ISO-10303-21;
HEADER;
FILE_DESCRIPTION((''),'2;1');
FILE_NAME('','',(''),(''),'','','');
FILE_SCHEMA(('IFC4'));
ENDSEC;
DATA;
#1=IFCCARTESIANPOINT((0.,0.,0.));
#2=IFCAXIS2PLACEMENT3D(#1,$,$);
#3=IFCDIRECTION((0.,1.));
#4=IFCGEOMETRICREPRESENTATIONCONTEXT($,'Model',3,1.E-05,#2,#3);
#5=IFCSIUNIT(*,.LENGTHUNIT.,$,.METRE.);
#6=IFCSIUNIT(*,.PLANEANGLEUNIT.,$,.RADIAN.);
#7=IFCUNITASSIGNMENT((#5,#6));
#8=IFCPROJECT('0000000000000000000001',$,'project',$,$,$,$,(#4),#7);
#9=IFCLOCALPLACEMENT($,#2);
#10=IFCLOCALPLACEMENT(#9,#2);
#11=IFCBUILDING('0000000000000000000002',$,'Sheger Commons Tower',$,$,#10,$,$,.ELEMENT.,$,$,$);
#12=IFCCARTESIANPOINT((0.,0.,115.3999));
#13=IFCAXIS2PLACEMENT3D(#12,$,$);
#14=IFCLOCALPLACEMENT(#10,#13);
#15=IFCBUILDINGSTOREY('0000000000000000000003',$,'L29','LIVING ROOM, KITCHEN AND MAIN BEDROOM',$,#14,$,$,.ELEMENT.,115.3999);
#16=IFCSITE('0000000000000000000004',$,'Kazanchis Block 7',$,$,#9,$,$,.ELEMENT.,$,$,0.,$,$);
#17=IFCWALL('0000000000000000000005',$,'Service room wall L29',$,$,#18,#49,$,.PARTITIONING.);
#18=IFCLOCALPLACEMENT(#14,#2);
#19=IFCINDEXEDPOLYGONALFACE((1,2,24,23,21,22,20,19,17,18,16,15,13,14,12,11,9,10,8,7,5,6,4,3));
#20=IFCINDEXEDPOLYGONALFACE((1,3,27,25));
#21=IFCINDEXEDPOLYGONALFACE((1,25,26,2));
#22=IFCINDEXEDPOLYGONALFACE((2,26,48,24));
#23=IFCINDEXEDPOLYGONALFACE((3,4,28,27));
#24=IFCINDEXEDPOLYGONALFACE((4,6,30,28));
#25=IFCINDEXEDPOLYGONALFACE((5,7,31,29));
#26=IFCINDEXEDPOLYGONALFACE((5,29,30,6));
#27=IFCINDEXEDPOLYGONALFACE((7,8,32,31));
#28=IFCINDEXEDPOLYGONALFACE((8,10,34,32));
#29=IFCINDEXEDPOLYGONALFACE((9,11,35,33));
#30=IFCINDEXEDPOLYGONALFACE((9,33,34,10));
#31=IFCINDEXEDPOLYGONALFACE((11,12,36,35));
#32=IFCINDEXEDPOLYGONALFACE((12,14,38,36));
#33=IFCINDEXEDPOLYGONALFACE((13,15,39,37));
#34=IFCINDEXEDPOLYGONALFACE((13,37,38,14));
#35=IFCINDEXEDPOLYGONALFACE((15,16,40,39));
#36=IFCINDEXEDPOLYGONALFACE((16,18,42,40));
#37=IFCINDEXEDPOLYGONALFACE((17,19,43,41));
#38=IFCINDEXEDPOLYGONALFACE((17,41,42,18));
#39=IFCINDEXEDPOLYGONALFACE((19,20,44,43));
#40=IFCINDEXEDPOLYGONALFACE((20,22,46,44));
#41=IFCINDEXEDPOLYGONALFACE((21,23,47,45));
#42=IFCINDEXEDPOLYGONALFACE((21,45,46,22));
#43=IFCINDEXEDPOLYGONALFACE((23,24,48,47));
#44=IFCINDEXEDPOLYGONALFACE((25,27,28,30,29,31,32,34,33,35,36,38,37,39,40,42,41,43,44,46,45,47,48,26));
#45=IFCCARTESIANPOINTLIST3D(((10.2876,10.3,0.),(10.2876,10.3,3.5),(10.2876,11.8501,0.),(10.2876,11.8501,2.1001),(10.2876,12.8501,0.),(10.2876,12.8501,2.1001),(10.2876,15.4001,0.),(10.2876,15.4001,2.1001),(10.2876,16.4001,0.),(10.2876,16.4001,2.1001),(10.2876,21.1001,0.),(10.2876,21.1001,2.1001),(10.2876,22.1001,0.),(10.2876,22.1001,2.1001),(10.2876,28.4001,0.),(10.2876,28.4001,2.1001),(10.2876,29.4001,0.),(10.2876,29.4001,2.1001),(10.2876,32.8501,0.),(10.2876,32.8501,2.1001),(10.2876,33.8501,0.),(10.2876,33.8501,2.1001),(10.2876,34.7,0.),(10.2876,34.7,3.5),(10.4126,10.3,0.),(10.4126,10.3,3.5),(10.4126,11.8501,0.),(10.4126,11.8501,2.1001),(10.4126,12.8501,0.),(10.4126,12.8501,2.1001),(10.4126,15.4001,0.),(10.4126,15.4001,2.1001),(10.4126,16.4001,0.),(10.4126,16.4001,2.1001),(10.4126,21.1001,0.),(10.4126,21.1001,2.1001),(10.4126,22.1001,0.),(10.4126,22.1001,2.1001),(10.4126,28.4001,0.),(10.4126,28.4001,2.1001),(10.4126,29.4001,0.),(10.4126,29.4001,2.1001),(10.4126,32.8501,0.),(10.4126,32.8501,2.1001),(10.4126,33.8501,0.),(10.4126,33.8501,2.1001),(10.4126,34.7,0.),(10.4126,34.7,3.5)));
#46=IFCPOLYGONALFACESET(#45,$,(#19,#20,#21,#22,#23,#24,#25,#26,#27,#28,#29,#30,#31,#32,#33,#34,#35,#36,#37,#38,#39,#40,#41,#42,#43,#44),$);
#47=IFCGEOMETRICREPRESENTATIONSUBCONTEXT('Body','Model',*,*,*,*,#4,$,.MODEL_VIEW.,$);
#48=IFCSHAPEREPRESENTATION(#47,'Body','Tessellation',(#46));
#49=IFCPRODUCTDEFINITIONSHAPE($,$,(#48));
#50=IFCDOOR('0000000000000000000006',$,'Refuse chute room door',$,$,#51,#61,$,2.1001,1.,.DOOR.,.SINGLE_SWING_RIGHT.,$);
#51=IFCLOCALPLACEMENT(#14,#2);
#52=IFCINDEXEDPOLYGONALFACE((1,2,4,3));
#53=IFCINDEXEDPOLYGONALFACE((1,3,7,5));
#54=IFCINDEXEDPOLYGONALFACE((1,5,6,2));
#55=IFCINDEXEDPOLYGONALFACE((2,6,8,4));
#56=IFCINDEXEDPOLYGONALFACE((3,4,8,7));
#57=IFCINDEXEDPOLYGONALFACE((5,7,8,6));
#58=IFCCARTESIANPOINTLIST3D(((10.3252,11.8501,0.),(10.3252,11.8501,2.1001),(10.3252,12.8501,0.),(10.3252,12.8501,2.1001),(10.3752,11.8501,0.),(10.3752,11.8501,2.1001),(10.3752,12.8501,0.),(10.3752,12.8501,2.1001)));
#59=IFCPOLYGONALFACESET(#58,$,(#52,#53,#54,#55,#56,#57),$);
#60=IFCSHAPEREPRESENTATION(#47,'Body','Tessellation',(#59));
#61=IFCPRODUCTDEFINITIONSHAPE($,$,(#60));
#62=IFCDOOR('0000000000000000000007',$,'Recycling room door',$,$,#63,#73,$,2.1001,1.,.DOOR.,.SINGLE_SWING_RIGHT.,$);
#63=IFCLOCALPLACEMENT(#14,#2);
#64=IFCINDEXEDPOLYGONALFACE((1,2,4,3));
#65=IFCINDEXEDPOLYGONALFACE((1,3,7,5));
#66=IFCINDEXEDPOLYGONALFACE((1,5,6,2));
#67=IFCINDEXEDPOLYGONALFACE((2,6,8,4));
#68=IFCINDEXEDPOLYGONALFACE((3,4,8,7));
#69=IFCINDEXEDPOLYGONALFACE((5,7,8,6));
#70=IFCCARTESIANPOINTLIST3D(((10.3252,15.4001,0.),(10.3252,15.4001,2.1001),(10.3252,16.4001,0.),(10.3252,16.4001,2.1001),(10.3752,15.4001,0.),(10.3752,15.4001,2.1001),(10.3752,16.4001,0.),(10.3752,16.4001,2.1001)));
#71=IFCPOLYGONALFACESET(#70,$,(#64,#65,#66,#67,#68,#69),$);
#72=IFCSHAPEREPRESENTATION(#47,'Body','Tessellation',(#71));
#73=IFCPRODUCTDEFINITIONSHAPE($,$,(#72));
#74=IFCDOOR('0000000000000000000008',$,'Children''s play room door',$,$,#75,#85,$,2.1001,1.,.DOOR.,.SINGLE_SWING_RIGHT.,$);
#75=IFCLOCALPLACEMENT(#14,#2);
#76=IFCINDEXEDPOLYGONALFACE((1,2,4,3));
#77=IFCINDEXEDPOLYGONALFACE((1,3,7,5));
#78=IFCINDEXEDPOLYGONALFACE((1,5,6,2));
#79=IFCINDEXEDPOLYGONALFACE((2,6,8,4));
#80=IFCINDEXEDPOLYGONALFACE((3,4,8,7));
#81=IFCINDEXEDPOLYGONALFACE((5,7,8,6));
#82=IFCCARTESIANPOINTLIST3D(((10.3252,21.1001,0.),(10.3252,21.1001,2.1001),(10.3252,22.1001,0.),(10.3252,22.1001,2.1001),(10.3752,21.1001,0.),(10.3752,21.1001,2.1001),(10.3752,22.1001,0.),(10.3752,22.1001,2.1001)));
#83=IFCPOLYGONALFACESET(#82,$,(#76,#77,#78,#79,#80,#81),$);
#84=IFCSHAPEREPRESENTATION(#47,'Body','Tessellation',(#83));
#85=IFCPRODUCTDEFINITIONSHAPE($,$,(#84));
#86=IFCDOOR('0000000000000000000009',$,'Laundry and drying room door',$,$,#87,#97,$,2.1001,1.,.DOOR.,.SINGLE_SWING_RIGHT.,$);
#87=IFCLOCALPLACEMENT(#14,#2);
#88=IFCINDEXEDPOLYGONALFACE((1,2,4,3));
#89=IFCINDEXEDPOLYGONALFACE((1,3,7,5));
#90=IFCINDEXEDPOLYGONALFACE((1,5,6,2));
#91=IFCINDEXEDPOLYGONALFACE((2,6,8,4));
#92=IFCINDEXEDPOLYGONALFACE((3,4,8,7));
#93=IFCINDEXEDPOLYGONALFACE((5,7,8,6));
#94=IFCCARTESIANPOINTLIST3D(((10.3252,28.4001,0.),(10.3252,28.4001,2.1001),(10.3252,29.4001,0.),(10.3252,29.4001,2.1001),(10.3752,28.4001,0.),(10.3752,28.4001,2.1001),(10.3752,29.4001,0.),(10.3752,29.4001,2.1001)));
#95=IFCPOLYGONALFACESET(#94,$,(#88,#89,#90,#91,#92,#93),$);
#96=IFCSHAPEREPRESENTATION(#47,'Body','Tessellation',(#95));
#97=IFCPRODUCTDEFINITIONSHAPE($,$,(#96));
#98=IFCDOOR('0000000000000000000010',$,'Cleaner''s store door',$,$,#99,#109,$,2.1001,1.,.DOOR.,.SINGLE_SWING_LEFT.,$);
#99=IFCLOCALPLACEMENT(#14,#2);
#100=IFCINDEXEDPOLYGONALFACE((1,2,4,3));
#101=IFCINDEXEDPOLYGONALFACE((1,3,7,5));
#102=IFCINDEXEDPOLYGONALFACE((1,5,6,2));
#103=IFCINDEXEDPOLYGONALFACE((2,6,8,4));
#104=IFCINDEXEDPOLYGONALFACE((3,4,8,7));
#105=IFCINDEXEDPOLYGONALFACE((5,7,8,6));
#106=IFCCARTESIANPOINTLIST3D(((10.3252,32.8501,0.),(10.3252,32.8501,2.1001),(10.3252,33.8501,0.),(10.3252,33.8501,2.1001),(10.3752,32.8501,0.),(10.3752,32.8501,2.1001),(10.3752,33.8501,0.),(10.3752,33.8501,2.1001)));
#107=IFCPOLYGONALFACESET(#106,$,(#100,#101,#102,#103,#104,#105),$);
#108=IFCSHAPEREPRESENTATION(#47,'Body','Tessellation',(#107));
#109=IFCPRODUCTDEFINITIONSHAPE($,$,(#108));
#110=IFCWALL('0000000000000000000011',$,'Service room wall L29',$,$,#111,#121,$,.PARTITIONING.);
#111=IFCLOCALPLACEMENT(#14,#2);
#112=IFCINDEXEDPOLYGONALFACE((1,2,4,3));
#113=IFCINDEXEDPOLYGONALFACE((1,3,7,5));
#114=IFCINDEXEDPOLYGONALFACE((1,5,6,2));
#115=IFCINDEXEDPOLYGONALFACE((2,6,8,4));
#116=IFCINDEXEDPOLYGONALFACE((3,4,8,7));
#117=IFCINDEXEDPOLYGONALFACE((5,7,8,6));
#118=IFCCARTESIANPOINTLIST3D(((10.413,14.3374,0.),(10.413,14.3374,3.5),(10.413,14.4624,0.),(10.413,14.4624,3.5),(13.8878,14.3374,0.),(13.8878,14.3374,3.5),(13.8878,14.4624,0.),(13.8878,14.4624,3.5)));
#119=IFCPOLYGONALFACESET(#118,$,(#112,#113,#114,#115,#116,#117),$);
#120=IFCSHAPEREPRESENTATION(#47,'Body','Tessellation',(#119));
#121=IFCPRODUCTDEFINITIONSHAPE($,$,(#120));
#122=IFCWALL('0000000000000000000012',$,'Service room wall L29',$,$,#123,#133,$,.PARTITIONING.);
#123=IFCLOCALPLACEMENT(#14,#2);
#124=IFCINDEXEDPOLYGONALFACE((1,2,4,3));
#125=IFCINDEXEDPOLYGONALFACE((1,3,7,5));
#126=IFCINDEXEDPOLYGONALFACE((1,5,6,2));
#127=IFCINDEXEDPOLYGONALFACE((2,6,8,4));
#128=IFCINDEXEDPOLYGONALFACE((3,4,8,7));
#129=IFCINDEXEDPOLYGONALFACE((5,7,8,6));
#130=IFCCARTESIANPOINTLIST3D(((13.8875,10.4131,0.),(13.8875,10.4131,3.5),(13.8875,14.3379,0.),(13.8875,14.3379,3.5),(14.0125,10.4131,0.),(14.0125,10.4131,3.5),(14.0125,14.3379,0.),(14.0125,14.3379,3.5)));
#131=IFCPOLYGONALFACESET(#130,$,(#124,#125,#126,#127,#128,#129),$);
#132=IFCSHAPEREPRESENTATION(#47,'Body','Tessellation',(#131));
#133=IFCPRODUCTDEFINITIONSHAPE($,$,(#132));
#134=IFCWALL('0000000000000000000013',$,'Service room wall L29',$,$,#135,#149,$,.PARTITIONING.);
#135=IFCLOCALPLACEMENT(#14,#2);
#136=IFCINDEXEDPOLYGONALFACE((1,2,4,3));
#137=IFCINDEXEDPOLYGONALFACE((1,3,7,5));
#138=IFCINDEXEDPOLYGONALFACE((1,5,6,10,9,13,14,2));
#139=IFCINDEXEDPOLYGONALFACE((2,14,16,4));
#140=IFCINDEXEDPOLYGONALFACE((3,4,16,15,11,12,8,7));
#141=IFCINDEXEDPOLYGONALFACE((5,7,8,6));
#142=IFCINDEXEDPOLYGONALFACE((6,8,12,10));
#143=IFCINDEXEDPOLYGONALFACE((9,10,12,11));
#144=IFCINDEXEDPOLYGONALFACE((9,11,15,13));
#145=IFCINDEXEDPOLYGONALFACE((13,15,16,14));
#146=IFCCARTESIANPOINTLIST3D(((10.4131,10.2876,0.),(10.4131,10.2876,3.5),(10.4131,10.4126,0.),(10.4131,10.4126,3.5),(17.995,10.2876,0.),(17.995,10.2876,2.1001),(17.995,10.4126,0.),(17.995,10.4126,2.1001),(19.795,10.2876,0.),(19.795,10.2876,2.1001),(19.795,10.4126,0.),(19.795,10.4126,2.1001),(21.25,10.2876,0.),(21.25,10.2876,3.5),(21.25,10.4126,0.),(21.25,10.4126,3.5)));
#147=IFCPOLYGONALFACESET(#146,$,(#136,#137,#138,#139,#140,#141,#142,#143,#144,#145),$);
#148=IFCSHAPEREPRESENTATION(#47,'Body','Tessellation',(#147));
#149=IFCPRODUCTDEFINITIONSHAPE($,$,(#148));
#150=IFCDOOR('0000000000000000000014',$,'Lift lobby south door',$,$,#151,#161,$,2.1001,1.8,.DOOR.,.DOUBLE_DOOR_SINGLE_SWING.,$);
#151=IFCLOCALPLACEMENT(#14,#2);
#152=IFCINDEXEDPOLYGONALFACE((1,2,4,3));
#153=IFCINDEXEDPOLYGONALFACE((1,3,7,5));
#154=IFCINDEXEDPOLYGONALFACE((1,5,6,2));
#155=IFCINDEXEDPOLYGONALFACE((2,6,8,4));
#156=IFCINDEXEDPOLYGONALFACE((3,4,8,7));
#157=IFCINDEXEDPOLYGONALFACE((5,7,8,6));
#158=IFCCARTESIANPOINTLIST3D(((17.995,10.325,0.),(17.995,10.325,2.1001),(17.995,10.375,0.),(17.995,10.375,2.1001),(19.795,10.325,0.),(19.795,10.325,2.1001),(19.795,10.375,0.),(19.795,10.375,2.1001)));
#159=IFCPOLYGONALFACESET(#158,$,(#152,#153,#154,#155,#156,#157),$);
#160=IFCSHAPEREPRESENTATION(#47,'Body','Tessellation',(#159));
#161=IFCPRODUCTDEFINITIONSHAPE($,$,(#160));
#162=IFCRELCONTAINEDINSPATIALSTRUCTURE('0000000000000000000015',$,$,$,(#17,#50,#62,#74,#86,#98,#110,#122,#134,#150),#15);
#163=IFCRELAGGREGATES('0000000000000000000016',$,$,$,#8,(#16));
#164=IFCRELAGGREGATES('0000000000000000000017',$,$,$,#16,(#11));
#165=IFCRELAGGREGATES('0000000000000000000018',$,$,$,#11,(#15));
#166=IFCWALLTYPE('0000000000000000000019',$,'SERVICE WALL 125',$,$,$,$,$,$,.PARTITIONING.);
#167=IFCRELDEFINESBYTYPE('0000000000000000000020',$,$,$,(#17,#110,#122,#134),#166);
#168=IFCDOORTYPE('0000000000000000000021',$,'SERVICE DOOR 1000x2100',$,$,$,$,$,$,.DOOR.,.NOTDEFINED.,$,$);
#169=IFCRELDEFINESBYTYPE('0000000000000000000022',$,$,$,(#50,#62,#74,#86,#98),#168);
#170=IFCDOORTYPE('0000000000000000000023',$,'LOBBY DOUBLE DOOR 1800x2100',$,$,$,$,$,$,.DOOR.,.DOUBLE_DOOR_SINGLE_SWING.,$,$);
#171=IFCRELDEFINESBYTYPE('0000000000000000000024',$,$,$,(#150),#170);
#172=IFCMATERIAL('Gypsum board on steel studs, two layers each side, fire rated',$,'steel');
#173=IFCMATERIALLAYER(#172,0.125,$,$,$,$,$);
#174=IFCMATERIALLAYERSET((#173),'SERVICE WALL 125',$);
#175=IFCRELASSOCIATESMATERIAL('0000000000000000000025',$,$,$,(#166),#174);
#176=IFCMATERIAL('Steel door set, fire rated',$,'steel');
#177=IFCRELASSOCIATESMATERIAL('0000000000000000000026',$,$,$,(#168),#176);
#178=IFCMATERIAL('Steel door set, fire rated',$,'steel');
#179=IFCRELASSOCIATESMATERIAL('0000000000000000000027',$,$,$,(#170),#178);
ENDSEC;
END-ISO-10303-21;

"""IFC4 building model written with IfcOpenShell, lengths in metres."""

from ifc_helpers import new_model, si_unit, direction, frame, frame_2d, origin, place, context, subcontext, project, spatial, rectangle, extrude, material, layer, layer_set, type_object, element, fill, save


model = new_model("IFC4")

# Units and contexts
model_context = context("Model", 3, precision=1e-05, world=origin(), true_north=direction((0.0, 1.0)))
body_context = subcontext(model_context, "Body", "Model", "MODEL_VIEW")
ifc_project = project(units=[si_unit("LENGTHUNIT", "METRE"), si_unit("PLANEANGLEUNIT", "RADIAN")], contexts=[model_context])

# Site, building, storey
site_placement = place(None, origin())
site = spatial("IfcSite", under=ifc_project, at=site_placement, Name="Kazanchis Block 7", CompositionType="ELEMENT", RefElevation=0.0)
building_placement = place(site_placement, origin())
building = spatial("IfcBuilding", under=site, at=building_placement, Name="Sheger Commons Tower", CompositionType="ELEMENT")
storey_placement = place(building_placement, frame((0.0, 0.0, 115.3999)))
storey = spatial("IfcBuildingStorey", under=building, at=storey_placement, Name="L29", Description="LIVING ROOM, KITCHEN AND MAIN BEDROOM", CompositionType="ELEMENT", Elevation=115.3999)

# Wall, openings, doors
ifc_material_1 = material(Name="Gypsum board on steel studs, two layers each side, fire rated", Category="steel")
ifc_layer_1 = layer(ifc_material_1, 0.125)
ifc_layer_set_1 = layer_set([ifc_layer_1], Name="SERVICE WALL 125")
wall_type_1 = type_object("IfcWallType", Name="SERVICE WALL 125", PredefinedType="PARTITIONING", material=ifc_layer_set_1)
wall_1_placement = place(storey_placement, frame((10.3501, 10.3, 0.0), z_axis=(0.0, 0.0, 1.0), x_axis=(0.0, 1.0, 0.0)))
wall_1 = element("IfcWall", 1, at=wall_1_placement, inside=storey, type_object=wall_type_1, Name="Service room wall L29", PredefinedType="PARTITIONING", context=body_context, shape_type="SweptSolid", body=[
    extrude(rectangle(XDim=24.3999, YDim=0.125, at=frame_2d((12.2, 0.0))), origin(), (0.0, 0.0, 1.0), 3.5),
])
opening_1_placement = place(wall_1_placement, frame((1.55, 0.0, 0.0)))
opening_1 = element("IfcOpeningElement", 2, at=opening_1_placement, cuts=wall_1, PredefinedType="OPENING", context=body_context, shape_type="SweptSolid", body=[
    extrude(rectangle(XDim=1.0, YDim=2.1001, at=frame_2d((0.5, 1.05))), frame((0.0, 0.0725, 0.0), z_axis=(0.0, -1.0, 0.0), x_axis=(1.0, 0.0, 0.0)), (0.0, 0.0, 1.0), 0.145),
])
opening_2_placement = place(wall_1_placement, frame((5.1001, 0.0, 0.0)))
opening_2 = element("IfcOpeningElement", 3, at=opening_2_placement, cuts=wall_1, PredefinedType="OPENING", context=body_context, shape_type="SweptSolid", body=[
    extrude(rectangle(XDim=1.0, YDim=2.1001, at=frame_2d((0.5, 1.05))), frame((0.0, 0.0725, 0.0), z_axis=(0.0, -1.0, 0.0), x_axis=(1.0, 0.0, 0.0)), (0.0, 0.0, 1.0), 0.145),
])
opening_3_placement = place(wall_1_placement, frame((10.8, 0.0, 0.0)))
opening_3 = element("IfcOpeningElement", 4, at=opening_3_placement, cuts=wall_1, PredefinedType="OPENING", context=body_context, shape_type="SweptSolid", body=[
    extrude(rectangle(XDim=1.0, YDim=2.1001, at=frame_2d((0.5, 1.05))), frame((0.0, 0.0725, 0.0), z_axis=(0.0, -1.0, 0.0), x_axis=(1.0, 0.0, 0.0)), (0.0, 0.0, 1.0), 0.145),
])
opening_4_placement = place(wall_1_placement, frame((18.1001, 0.0, 0.0)))
opening_4 = element("IfcOpeningElement", 5, at=opening_4_placement, cuts=wall_1, PredefinedType="OPENING", context=body_context, shape_type="SweptSolid", body=[
    extrude(rectangle(XDim=1.0, YDim=2.1001, at=frame_2d((0.5, 1.05))), frame((0.0, 0.0725, 0.0), z_axis=(0.0, -1.0, 0.0), x_axis=(1.0, 0.0, 0.0)), (0.0, 0.0, 1.0), 0.145),
])
opening_5_placement = place(wall_1_placement, frame((22.55, 0.0, 0.0)))
opening_5 = element("IfcOpeningElement", 6, at=opening_5_placement, cuts=wall_1, PredefinedType="OPENING", context=body_context, shape_type="SweptSolid", body=[
    extrude(rectangle(XDim=1.0, YDim=2.1001, at=frame_2d((0.5, 1.05))), frame((0.0, 0.0725, 0.0), z_axis=(0.0, -1.0, 0.0), x_axis=(1.0, 0.0, 0.0)), (0.0, 0.0, 1.0), 0.145),
])
ifc_material_2 = material(Name="Steel door set, fire rated", Category="steel")
door_type_1 = type_object("IfcDoorType", Name="SERVICE DOOR 1000x2100", OperationType="NOTDEFINED", PredefinedType="DOOR", material=ifc_material_2)
door_1_placement = place(opening_1_placement, origin())
door_1 = element("IfcDoor", 7, at=door_1_placement, inside=storey, type_object=door_type_1, Name="Refuse chute room door", OperationType="SINGLE_SWING_RIGHT", OverallHeight=2.1001, OverallWidth=1.0, PredefinedType="DOOR", context=body_context, shape_type="SweptSolid", body=[
    extrude(rectangle(XDim=1.0, YDim=2.1001, at=frame_2d((0.5, 1.05))), frame((0.0, 0.0249, 0.0), z_axis=(0.0, -1.0, 0.0), x_axis=(1.0, 0.0, 0.0)), (0.0, 0.0, 1.0), 0.05),
])
fill(opening_1, door_1)
door_2_placement = place(opening_2_placement, origin())
door_2 = element("IfcDoor", 8, at=door_2_placement, inside=storey, type_object=door_type_1, Name="Recycling room door", OperationType="SINGLE_SWING_RIGHT", OverallHeight=2.1001, OverallWidth=1.0, PredefinedType="DOOR", context=body_context, shape_type="SweptSolid", body=[
    extrude(rectangle(XDim=1.0, YDim=2.1001, at=frame_2d((0.5, 1.05))), frame((0.0, 0.0249, 0.0), z_axis=(0.0, -1.0, 0.0), x_axis=(1.0, 0.0, 0.0)), (0.0, 0.0, 1.0), 0.05),
])
fill(opening_2, door_2)
door_3_placement = place(opening_3_placement, origin())
door_3 = element("IfcDoor", 9, at=door_3_placement, inside=storey, type_object=door_type_1, Name="Children's play room door", OperationType="SINGLE_SWING_RIGHT", OverallHeight=2.1001, OverallWidth=1.0, PredefinedType="DOOR", context=body_context, shape_type="SweptSolid", body=[
    extrude(rectangle(XDim=1.0, YDim=2.1001, at=frame_2d((0.5, 1.05))), frame((0.0, 0.0249, 0.0), z_axis=(0.0, -1.0, 0.0), x_axis=(1.0, 0.0, 0.0)), (0.0, 0.0, 1.0), 0.05),
])
fill(opening_3, door_3)
door_4_placement = place(opening_4_placement, origin())
door_4 = element("IfcDoor", 10, at=door_4_placement, inside=storey, type_object=door_type_1, Name="Laundry and drying room door", OperationType="SINGLE_SWING_RIGHT", OverallHeight=2.1001, OverallWidth=1.0, PredefinedType="DOOR", context=body_context, shape_type="SweptSolid", body=[
    extrude(rectangle(XDim=1.0, YDim=2.1001, at=frame_2d((0.5, 1.05))), frame((0.0, 0.0249, 0.0), z_axis=(0.0, -1.0, 0.0), x_axis=(1.0, 0.0, 0.0)), (0.0, 0.0, 1.0), 0.05),
])
fill(opening_4, door_4)
door_5_placement = place(opening_5_placement, origin())
door_5 = element("IfcDoor", 11, at=door_5_placement, inside=storey, type_object=door_type_1, Name="Cleaner's store door", OperationType="SINGLE_SWING_LEFT", OverallHeight=2.1001, OverallWidth=1.0, PredefinedType="DOOR", context=body_context, shape_type="SweptSolid", body=[
    extrude(rectangle(XDim=1.0, YDim=2.1001, at=frame_2d((0.5, 1.05))), frame((0.0, 0.0249, 0.0), z_axis=(0.0, -1.0, 0.0), x_axis=(1.0, 0.0, 0.0)), (0.0, 0.0, 1.0), 0.05),
])
fill(opening_5, door_5)

# Walls
wall_2_placement = place(storey_placement, frame((10.4131, 14.3999, 0.0), z_axis=(0.0, 0.0, 1.0), x_axis=(1.0, 0.0, 0.0)))
element("IfcWall", 12, at=wall_2_placement, inside=storey, type_object=wall_type_1, Name="Service room wall L29", PredefinedType="PARTITIONING", context=body_context, shape_type="SweptSolid", body=[
    extrude(rectangle(XDim=3.4749, YDim=0.125, at=frame_2d((1.7373, 0.0))), origin(), (0.0, 0.0, 1.0), 3.5),
])
wall_3_placement = place(storey_placement, frame((13.95, 10.4131, 0.0), z_axis=(0.0, 0.0, 1.0), x_axis=(0.0, 1.0, 0.0)))
element("IfcWall", 13, at=wall_3_placement, inside=storey, type_object=wall_type_1, Name="Service room wall L29", PredefinedType="PARTITIONING", context=body_context, shape_type="SweptSolid", body=[
    extrude(rectangle(XDim=3.9248, YDim=0.125, at=frame_2d((1.9624, 0.0))), origin(), (0.0, 0.0, 1.0), 3.5),
])

# Wall, opening, door
wall_4_placement = place(storey_placement, frame((10.4131, 10.3501, 0.0), z_axis=(0.0, 0.0, 1.0), x_axis=(1.0, 0.0, 0.0)))
wall_4 = element("IfcWall", 14, at=wall_4_placement, inside=storey, type_object=wall_type_1, Name="Service room wall L29", PredefinedType="PARTITIONING", context=body_context, shape_type="SweptSolid", body=[
    extrude(rectangle(XDim=10.8369, YDim=0.125, at=frame_2d((5.4185, 0.0))), origin(), (0.0, 0.0, 1.0), 3.5),
])
opening_6_placement = place(wall_4_placement, frame((7.582, 0.0, 0.0)))
opening_6 = element("IfcOpeningElement", 15, at=opening_6_placement, cuts=wall_4, PredefinedType="OPENING", context=body_context, shape_type="SweptSolid", body=[
    extrude(rectangle(XDim=1.8, YDim=2.1001, at=frame_2d((0.8999, 1.05))), frame((0.0, 0.0725, 0.0), z_axis=(0.0, -1.0, 0.0), x_axis=(1.0, 0.0, 0.0)), (0.0, 0.0, 1.0), 0.145),
])
ifc_material_3 = material(Name="Steel door set, fire rated", Category="steel")
door_type_2 = type_object("IfcDoorType", Name="LOBBY DOUBLE DOOR 1800x2100", OperationType="DOUBLE_DOOR_SINGLE_SWING", PredefinedType="DOOR", material=ifc_material_3)
door_6_placement = place(opening_6_placement, origin())
door_6 = element("IfcDoor", 16, at=door_6_placement, inside=storey, type_object=door_type_2, Name="Lift lobby south door", OperationType="DOUBLE_DOOR_SINGLE_SWING", OverallHeight=2.1001, OverallWidth=1.8, PredefinedType="DOOR", context=body_context, shape_type="SweptSolid", body=[
    extrude(rectangle(XDim=1.8, YDim=2.1001, at=frame_2d((0.8999, 1.05))), frame((0.0, 0.0249, 0.0), z_axis=(0.0, -1.0, 0.0), x_axis=(1.0, 0.0, 0.0)), (0.0, 0.0, 1.0), 0.05),
])
fill(opening_6, door_6)

save(model, "model.ifc")
